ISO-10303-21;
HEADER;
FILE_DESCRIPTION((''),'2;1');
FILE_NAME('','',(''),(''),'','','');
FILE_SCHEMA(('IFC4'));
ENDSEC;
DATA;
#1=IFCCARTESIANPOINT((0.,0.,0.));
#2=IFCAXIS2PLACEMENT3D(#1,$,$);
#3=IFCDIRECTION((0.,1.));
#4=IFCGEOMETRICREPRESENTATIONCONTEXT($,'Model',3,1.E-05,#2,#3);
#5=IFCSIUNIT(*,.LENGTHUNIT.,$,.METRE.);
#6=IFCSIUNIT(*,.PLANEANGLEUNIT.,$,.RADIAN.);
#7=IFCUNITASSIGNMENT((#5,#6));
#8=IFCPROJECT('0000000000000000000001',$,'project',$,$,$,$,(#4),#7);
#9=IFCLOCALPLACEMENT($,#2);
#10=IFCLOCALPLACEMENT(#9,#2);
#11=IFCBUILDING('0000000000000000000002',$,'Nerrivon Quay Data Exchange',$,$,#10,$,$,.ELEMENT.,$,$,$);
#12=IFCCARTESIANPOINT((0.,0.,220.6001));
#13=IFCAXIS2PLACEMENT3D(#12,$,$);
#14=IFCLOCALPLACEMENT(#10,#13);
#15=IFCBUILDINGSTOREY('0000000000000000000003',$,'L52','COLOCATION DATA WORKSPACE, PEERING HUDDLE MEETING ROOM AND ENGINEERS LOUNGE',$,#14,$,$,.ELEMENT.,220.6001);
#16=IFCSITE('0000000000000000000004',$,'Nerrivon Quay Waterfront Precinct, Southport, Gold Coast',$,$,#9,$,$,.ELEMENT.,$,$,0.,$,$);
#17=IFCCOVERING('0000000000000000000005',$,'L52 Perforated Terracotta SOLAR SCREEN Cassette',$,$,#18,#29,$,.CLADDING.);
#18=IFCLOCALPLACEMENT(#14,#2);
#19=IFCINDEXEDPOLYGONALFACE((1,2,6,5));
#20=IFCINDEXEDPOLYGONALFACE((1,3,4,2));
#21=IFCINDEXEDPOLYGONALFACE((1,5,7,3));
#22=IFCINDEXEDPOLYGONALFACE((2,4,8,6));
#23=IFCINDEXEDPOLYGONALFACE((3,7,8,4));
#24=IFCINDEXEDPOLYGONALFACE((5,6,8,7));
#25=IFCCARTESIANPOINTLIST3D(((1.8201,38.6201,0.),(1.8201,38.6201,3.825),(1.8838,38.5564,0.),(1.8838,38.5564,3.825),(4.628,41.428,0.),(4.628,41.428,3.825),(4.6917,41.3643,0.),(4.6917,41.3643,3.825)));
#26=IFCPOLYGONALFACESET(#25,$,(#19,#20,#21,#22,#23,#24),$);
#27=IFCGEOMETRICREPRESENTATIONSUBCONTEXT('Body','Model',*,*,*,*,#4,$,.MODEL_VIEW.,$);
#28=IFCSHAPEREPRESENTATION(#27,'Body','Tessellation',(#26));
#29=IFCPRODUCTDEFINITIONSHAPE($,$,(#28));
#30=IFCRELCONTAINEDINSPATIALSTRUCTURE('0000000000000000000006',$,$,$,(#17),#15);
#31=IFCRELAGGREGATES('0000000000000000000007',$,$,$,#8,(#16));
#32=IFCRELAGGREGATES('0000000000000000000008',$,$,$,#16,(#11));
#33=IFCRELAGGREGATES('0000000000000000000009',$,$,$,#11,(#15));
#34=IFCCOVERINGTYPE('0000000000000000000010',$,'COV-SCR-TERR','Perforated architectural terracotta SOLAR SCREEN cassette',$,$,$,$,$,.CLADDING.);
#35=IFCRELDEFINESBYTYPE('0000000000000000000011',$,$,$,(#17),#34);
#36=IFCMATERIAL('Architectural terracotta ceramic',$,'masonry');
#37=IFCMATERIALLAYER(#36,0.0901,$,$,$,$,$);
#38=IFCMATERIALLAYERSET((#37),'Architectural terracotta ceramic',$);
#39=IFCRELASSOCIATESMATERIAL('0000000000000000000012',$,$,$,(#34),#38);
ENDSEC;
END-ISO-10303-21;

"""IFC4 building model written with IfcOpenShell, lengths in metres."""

from ifc_helpers import new_model, si_unit, direction, frame, origin, origin_2d, place, context, subcontext, project, spatial, rectangle, extrude, material, layer, layer_set, type_object, element, save


model = new_model("IFC4")

# Units and contexts
model_context = context("Model", 3, precision=1e-05, world=origin(), true_north=direction((0.0, 1.0)))
body_context = subcontext(model_context, "Body", "Model", "MODEL_VIEW")
ifc_project = project(units=[si_unit("LENGTHUNIT", "METRE"), si_unit("PLANEANGLEUNIT", "RADIAN")], contexts=[model_context])

# Site, building, storey
site_placement = place(None, origin())
site = spatial("IfcSite", under=ifc_project, at=site_placement, Name="Nerrivon Quay Waterfront Precinct, Southport, Gold Coast", CompositionType="ELEMENT", RefElevation=0.0)
building_placement = place(site_placement, origin())
building = spatial("IfcBuilding", under=site, at=building_placement, Name="Nerrivon Quay Data Exchange", CompositionType="ELEMENT")
storey_placement = place(building_placement, frame((0.0, 0.0, 220.6001)))
storey = spatial("IfcBuildingStorey", under=building, at=storey_placement, Name="L52", Description="COLOCATION DATA WORKSPACE, PEERING HUDDLE MEETING ROOM AND ENGINEERS LOUNGE", CompositionType="ELEMENT", Elevation=220.6001)

# Covering
ifc_material_1 = material(Name="Architectural terracotta ceramic", Category="masonry")
ifc_layer_1 = layer(ifc_material_1, 0.0901)
ifc_layer_set_1 = layer_set([ifc_layer_1], Name="Architectural terracotta ceramic")
covering_type = type_object("IfcCoveringType", Name="COV-SCR-TERR", Description="Perforated architectural terracotta SOLAR SCREEN cassette", PredefinedType="CLADDING", material=ifc_layer_set_1)
covering_placement = place(storey_placement, frame((3.2559, 39.9922, 0.0), z_axis=(0.0, 0.0, 1.0), x_axis=(0.707107, 0.707107, 0.0)))
element("IfcCovering", 1, at=covering_placement, inside=storey, type_object=covering_type, Name="L52 Perforated Terracotta SOLAR SCREEN Cassette", PredefinedType="CLADDING", context=body_context, shape_type="SweptSolid", body=[
    extrude(rectangle(XDim=3.9709, YDim=0.0901, at=origin_2d()), origin(), (0.0, 0.0, 1.0), 3.825),
])

save(model, "model.ifc")
